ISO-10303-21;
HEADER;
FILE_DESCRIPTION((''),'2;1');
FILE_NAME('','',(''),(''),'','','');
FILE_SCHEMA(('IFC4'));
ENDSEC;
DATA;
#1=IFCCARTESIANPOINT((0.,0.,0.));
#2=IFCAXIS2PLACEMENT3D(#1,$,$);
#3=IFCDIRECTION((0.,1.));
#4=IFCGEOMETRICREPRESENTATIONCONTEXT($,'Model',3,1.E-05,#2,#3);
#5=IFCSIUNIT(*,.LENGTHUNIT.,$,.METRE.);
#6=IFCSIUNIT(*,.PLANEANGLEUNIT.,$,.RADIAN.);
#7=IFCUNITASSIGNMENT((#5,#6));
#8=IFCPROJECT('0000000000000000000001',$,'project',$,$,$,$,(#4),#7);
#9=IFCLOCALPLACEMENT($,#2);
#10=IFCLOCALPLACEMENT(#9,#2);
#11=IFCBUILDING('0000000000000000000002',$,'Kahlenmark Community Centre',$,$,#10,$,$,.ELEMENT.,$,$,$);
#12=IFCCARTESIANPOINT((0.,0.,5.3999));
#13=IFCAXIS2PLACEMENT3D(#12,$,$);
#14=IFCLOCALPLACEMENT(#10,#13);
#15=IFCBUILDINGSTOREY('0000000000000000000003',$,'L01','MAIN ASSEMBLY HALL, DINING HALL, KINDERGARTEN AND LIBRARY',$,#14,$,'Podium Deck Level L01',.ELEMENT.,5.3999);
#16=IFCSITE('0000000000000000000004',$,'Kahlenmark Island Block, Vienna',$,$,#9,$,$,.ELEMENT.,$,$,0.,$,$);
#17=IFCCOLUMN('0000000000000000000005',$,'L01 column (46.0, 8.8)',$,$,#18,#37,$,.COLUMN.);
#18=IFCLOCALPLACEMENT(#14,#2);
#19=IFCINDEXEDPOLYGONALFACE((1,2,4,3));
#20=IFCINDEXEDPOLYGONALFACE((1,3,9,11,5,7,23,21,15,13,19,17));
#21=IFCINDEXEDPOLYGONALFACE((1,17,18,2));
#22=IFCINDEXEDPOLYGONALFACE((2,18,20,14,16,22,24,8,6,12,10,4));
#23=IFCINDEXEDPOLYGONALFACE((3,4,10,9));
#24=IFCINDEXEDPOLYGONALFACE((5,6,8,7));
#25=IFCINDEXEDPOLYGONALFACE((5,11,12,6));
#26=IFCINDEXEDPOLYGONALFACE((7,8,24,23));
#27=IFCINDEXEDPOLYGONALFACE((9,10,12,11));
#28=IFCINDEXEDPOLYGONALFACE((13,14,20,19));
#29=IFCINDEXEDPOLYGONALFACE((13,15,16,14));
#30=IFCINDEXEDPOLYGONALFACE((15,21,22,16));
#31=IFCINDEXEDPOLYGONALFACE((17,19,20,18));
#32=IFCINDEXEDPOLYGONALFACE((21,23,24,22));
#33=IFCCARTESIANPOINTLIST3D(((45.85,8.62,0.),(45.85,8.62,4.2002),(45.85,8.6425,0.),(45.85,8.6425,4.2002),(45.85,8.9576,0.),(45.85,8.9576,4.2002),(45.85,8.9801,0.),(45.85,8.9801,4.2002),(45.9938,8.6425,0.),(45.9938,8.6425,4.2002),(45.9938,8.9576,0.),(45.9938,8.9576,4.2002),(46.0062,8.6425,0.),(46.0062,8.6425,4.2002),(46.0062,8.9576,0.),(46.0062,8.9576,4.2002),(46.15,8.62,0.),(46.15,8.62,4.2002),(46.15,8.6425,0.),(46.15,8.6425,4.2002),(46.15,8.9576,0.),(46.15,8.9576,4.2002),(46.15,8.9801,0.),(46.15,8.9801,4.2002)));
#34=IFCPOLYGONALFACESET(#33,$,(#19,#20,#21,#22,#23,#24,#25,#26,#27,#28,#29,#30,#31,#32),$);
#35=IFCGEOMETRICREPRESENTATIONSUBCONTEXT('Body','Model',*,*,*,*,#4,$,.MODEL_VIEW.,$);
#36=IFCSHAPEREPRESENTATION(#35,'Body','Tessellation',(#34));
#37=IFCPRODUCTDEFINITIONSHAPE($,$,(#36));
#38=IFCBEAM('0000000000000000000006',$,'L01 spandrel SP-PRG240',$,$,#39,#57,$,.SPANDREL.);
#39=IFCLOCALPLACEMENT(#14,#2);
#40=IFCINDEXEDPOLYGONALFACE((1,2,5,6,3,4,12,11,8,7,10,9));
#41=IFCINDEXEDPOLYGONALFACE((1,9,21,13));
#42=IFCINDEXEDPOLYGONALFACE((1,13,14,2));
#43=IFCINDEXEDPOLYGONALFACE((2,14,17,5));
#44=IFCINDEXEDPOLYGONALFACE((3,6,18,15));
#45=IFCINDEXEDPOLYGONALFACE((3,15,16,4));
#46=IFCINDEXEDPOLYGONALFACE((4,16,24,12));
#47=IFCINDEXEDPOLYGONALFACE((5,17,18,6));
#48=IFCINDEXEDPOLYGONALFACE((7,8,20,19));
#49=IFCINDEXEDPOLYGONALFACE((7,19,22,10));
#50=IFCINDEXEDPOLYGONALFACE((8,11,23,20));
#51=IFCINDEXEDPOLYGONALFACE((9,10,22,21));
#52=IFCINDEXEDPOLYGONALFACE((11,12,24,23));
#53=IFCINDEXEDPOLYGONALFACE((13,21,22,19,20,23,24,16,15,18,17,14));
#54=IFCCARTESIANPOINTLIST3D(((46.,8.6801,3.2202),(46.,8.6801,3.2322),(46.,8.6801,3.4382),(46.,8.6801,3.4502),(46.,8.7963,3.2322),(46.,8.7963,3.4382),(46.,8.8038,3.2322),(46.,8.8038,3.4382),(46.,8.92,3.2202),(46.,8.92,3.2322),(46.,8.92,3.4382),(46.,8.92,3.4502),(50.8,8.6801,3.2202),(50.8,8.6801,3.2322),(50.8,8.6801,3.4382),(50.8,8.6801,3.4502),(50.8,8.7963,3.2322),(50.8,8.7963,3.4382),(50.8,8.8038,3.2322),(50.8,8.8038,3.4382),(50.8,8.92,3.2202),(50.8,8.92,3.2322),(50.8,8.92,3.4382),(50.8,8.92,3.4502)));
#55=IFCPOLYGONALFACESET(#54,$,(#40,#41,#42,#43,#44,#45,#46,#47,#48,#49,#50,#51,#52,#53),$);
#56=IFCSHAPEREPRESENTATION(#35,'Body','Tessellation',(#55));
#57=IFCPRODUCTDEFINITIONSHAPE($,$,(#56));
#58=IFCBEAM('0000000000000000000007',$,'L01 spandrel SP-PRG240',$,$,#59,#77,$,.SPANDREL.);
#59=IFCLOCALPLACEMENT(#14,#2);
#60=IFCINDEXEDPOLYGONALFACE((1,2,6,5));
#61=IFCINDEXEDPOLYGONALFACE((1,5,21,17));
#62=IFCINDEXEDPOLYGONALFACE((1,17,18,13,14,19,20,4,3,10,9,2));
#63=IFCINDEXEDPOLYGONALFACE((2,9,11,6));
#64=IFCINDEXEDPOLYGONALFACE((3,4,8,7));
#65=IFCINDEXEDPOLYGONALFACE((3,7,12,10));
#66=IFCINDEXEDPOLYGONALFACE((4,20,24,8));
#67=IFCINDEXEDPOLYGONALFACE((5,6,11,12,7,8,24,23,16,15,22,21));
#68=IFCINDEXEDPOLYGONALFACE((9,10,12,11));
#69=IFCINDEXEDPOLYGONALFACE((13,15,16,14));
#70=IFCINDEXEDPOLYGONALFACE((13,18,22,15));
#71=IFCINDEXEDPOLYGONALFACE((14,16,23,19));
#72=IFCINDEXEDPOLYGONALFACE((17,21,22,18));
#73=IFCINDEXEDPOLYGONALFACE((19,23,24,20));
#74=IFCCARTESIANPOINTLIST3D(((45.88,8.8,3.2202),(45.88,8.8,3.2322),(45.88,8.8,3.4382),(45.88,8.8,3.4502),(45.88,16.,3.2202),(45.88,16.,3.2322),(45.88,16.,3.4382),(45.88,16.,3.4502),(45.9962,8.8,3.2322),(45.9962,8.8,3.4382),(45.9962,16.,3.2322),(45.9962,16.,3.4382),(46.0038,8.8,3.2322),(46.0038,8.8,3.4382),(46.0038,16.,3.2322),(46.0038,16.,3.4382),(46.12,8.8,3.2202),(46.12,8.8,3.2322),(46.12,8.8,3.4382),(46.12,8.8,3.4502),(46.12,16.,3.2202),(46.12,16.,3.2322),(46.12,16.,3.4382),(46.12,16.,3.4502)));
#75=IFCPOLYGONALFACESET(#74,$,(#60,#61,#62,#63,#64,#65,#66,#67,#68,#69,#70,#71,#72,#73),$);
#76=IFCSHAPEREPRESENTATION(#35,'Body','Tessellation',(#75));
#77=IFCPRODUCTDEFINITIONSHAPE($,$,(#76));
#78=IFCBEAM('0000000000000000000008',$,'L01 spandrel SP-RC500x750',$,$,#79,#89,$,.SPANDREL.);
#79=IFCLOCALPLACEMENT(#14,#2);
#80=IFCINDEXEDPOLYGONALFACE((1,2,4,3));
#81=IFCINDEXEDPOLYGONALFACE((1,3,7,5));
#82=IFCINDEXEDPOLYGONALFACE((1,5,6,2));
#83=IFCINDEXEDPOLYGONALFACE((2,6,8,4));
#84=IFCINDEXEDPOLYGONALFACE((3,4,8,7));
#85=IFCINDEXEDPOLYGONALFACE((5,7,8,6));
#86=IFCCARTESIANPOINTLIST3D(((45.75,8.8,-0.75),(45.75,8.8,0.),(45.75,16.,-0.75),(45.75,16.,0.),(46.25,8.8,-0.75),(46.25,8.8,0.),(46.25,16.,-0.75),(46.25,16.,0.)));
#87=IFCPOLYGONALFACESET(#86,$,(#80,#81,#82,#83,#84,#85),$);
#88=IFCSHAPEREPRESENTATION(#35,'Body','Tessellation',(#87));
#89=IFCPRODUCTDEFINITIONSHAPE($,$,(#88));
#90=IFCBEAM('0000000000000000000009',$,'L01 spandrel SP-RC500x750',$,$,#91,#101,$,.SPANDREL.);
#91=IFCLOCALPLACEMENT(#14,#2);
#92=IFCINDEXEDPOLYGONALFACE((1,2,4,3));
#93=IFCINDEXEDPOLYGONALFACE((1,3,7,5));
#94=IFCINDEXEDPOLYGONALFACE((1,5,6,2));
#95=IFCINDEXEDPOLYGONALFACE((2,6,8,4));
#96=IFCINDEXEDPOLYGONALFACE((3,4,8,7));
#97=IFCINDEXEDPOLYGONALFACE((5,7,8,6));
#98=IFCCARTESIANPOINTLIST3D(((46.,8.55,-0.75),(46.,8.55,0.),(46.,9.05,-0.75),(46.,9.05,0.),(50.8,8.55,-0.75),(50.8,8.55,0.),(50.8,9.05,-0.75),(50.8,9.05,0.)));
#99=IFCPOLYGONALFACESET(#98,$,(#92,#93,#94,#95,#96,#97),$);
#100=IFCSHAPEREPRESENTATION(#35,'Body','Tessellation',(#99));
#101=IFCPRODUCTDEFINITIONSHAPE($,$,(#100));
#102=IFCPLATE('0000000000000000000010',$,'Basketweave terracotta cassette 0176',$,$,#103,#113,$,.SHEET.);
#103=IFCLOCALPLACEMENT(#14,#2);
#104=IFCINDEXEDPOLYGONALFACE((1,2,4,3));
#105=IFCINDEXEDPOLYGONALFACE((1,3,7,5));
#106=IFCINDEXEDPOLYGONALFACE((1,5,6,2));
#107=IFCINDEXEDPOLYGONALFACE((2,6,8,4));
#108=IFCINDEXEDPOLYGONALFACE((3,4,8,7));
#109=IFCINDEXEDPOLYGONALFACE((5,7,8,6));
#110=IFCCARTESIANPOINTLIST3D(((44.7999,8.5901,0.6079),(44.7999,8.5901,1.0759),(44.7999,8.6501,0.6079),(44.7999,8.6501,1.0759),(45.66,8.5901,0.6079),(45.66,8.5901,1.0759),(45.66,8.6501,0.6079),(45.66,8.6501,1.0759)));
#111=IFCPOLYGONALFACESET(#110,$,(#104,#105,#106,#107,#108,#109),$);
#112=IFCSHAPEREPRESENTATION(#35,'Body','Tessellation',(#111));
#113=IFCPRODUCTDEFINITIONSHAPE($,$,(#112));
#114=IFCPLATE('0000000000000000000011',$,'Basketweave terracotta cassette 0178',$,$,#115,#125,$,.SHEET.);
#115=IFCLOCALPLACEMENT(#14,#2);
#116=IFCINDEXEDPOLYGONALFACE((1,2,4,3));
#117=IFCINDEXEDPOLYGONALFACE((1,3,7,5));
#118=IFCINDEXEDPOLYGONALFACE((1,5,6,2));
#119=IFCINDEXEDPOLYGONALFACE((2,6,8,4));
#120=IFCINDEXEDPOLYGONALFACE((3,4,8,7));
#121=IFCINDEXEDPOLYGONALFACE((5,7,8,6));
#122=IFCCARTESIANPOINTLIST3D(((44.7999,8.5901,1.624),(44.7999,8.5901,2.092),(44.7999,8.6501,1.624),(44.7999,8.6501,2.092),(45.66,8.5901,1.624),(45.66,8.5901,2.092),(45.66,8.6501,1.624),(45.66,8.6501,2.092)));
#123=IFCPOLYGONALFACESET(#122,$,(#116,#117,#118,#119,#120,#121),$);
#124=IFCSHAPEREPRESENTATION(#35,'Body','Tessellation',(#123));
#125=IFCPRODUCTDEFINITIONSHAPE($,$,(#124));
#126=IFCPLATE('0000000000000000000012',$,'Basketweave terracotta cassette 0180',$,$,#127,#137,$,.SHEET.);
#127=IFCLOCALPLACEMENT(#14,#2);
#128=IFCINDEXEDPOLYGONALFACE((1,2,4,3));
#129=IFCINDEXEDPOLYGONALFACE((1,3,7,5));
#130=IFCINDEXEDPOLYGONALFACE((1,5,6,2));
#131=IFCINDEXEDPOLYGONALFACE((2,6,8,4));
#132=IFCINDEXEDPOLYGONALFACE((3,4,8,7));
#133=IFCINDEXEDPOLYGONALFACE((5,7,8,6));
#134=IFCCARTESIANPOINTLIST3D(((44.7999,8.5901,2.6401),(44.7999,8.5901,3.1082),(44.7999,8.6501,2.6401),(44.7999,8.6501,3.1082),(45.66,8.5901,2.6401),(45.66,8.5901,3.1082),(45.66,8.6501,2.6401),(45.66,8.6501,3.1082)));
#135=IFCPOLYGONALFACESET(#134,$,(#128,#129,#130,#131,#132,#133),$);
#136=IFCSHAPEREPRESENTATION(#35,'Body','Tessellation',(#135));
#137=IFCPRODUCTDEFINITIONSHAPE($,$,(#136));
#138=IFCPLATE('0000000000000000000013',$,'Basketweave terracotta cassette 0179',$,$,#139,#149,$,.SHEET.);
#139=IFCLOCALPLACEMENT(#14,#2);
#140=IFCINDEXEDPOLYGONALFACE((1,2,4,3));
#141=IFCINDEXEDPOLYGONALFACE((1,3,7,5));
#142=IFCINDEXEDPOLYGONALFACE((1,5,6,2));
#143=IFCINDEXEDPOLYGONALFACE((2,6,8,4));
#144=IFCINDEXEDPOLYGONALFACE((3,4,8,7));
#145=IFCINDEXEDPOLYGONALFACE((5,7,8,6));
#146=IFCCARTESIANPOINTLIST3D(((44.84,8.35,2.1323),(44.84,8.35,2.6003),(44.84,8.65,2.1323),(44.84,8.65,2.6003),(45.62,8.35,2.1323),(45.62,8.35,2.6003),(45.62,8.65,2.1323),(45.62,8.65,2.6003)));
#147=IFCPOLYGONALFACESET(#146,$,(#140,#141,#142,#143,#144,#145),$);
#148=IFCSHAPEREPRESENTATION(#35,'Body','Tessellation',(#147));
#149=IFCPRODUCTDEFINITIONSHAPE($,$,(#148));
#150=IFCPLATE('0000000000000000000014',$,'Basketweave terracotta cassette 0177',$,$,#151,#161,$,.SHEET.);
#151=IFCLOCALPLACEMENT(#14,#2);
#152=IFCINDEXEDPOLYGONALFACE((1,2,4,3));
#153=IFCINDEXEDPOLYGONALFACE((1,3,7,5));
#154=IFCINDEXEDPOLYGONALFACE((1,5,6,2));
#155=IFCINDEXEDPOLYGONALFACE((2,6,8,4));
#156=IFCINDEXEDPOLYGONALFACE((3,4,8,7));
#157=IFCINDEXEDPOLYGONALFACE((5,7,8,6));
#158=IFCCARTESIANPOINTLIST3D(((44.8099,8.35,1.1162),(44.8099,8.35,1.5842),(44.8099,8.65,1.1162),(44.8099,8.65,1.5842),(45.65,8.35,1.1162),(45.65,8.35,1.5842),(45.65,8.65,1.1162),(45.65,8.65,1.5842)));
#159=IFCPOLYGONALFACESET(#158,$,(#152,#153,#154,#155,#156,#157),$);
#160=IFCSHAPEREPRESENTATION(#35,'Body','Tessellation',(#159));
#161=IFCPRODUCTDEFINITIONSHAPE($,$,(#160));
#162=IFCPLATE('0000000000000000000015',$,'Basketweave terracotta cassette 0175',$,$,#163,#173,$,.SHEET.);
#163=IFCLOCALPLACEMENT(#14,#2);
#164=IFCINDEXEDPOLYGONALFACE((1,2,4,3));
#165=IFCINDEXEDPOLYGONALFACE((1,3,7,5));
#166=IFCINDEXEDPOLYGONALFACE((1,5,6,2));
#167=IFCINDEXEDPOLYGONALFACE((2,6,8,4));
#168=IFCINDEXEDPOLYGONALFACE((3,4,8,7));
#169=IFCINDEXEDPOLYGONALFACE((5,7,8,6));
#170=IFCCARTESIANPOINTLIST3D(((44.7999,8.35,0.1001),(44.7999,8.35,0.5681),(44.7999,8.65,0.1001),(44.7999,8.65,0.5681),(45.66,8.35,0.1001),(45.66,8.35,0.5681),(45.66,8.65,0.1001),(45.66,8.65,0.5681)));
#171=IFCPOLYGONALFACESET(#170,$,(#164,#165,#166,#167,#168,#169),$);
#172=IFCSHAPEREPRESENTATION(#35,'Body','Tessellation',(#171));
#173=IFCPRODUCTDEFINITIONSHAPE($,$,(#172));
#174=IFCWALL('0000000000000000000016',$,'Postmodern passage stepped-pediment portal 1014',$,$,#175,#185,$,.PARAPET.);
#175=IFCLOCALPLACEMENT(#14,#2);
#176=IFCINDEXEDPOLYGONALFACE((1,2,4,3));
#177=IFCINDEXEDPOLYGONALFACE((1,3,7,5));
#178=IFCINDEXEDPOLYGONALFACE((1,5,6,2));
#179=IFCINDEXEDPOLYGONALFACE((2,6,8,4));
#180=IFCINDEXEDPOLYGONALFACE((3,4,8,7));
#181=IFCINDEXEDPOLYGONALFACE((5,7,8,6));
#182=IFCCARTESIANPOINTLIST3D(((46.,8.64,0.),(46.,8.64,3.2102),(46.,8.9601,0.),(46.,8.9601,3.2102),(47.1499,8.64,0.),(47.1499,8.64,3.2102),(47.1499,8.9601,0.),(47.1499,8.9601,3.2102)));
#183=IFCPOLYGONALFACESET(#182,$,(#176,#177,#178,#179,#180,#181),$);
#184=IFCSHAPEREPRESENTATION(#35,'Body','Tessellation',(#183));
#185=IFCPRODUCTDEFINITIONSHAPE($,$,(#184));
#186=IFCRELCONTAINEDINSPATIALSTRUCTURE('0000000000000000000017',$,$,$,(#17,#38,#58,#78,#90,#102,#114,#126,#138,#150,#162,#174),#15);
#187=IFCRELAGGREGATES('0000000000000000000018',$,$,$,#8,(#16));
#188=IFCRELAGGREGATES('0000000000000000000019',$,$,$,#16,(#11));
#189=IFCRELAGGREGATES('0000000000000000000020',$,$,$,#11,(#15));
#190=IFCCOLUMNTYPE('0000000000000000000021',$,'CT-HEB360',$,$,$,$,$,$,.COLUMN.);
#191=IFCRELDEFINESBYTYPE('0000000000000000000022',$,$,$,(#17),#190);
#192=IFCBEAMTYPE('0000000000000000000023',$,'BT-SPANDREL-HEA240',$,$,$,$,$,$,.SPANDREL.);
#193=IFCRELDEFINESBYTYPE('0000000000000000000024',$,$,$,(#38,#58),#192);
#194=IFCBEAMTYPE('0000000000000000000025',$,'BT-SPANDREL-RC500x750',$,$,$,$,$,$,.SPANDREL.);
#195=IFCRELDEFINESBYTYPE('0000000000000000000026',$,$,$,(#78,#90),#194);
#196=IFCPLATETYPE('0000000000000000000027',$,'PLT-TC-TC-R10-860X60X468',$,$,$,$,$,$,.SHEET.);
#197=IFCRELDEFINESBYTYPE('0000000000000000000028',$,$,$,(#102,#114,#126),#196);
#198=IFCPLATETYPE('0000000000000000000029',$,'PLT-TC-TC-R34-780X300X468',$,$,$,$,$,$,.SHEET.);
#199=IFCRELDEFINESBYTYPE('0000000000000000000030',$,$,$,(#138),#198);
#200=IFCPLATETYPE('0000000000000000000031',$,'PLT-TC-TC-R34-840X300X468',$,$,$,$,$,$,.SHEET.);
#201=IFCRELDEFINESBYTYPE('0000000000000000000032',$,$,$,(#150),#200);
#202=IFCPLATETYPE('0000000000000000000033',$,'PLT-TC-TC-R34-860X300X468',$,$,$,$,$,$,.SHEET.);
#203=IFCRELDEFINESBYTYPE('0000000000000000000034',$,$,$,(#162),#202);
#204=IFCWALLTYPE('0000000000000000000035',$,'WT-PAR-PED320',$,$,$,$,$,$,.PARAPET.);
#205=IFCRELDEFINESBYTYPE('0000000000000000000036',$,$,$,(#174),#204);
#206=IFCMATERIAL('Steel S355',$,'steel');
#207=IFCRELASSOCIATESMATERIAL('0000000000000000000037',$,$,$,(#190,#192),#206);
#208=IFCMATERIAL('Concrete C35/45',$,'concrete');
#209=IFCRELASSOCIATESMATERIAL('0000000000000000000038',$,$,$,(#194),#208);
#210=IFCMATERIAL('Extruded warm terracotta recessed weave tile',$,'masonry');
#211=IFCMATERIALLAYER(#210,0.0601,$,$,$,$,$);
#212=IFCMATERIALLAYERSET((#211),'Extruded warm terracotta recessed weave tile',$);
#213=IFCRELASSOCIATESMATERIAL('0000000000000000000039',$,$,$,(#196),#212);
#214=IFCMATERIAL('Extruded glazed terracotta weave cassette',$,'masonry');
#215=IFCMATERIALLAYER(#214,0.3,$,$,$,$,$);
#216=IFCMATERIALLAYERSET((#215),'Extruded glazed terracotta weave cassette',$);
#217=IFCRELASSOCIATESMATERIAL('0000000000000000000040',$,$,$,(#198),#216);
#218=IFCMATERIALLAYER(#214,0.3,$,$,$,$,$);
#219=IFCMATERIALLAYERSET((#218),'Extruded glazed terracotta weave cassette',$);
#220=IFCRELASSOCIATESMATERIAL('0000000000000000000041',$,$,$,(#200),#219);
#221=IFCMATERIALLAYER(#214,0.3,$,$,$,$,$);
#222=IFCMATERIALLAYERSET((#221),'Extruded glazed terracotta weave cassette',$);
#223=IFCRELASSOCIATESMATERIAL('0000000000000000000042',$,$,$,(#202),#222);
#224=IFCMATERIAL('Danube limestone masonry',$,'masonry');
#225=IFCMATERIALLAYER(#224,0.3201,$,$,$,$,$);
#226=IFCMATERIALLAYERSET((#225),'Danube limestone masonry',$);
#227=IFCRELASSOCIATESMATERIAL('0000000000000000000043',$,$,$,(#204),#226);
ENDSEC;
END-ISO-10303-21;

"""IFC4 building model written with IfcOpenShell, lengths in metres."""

from ifc_helpers import new_model, si_unit, direction, frame, frame_2d, origin, origin_2d, place, context, subcontext, project, spatial, rectangle, i_section, extrude, material, layer, layer_set, material_profile, profile_set, type_object, element, save


model = new_model("IFC4")

# Units and contexts
model_context = context("Model", 3, precision=1e-05, world=origin(), true_north=direction((0.0, 1.0)))
body_context = subcontext(model_context, "Body", "Model", "MODEL_VIEW")
ifc_project = project(units=[si_unit("LENGTHUNIT", "METRE"), si_unit("PLANEANGLEUNIT", "RADIAN")], contexts=[model_context])

# Site, building, storey
site_placement = place(None, origin())
site = spatial("IfcSite", under=ifc_project, at=site_placement, Name="Kahlenmark Island Block, Vienna", CompositionType="ELEMENT", RefElevation=0.0)
building_placement = place(site_placement, origin())
building = spatial("IfcBuilding", under=site, at=building_placement, Name="Kahlenmark Community Centre", CompositionType="ELEMENT")
storey_placement = place(building_placement, frame((0.0, 0.0, 5.3999)))
storey = spatial("IfcBuildingStorey", under=building, at=storey_placement, Name="L01", Description="MAIN ASSEMBLY HALL, DINING HALL, KINDERGARTEN AND LIBRARY", LongName="Podium Deck Level L01", CompositionType="ELEMENT", Elevation=5.3999)

# Column
ifc_material_1 = material(Name="Steel S355", Category="steel")
ifc_material_profile_1 = material_profile(ifc_material_1, i_section(OverallWidth=0.3, OverallDepth=0.3601, WebThickness=0.0125, FlangeThickness=0.0225, at=origin_2d()), Name="HEB 360")
ifc_profile_set_1 = profile_set([ifc_material_profile_1], Name="Steel S355")
column_type = type_object("IfcColumnType", Name="CT-HEB360", PredefinedType="COLUMN", material=ifc_profile_set_1)
column_placement = place(storey_placement, frame((46.0, 8.8, 0.0), z_axis=(0.0, 0.0, 1.0), x_axis=(1.0, 0.0, 0.0)))
element("IfcColumn", 1, at=column_placement, inside=storey, type_object=column_type, Name="L01 column (46.0, 8.8)", PredefinedType="COLUMN", context=body_context, shape_type="SweptSolid", body=[
    extrude(i_section(OverallWidth=0.3, OverallDepth=0.3601, WebThickness=0.0125, FlangeThickness=0.0225, at=origin_2d()), origin(), (0.0, 0.0, 1.0), 4.2002),
])

# Beams
ifc_material_profile_2 = material_profile(ifc_material_1, i_section(OverallWidth=0.24, OverallDepth=0.23, WebThickness=0.0076, FlangeThickness=0.012, at=origin_2d()), Name="HEA 240")
ifc_profile_set_2 = profile_set([ifc_material_profile_2], Name="Steel S355")
beam_type_1 = type_object("IfcBeamType", Name="BT-SPANDREL-HEA240", PredefinedType="SPANDREL", material=ifc_profile_set_2)
beam_1_placement = place(storey_placement, frame((46.0, 8.8, 3.3352), z_axis=(1.0, 0.0, 0.0), x_axis=(0.0, 1.0, 0.0)))
element("IfcBeam", 2, at=beam_1_placement, inside=storey, type_object=beam_type_1, Name="L01 spandrel SP-PRG240", PredefinedType="SPANDREL", context=body_context, shape_type="SweptSolid", body=[
    extrude(i_section(OverallWidth=0.24, OverallDepth=0.23, WebThickness=0.0076, FlangeThickness=0.012, at=origin_2d()), origin(), (0.0, 0.0, 1.0), 4.8),
])
beam_2_placement = place(storey_placement, frame((46.0, 8.8, 3.3352), z_axis=(0.0, 1.0, 0.0), x_axis=(-1.0, 0.0, 0.0)))
element("IfcBeam", 3, at=beam_2_placement, inside=storey, type_object=beam_type_1, Name="L01 spandrel SP-PRG240", PredefinedType="SPANDREL", context=body_context, shape_type="SweptSolid", body=[
    extrude(i_section(OverallWidth=0.24, OverallDepth=0.23, WebThickness=0.0076, FlangeThickness=0.012, at=origin_2d()), origin(), (0.0, 0.0, 1.0), 7.2),
])
ifc_material_2 = material(Name="Concrete C35/45", Category="concrete")
ifc_material_profile_3 = material_profile(ifc_material_2, rectangle(XDim=0.5, YDim=0.75, at=origin_2d()), Name="RC 500x750")
ifc_profile_set_3 = profile_set([ifc_material_profile_3], Name="Concrete C35/45")
beam_type_2 = type_object("IfcBeamType", Name="BT-SPANDREL-RC500x750", PredefinedType="SPANDREL", material=ifc_profile_set_3)
beam_3_placement = place(storey_placement, frame((46.0, 8.8, -0.375), z_axis=(0.0, 1.0, 0.0), x_axis=(-1.0, 0.0, 0.0)))
element("IfcBeam", 4, at=beam_3_placement, inside=storey, type_object=beam_type_2, Name="L01 spandrel SP-RC500x750", PredefinedType="SPANDREL", context=body_context, shape_type="SweptSolid", body=[
    extrude(rectangle(XDim=0.5, YDim=0.75, at=origin_2d()), origin(), (0.0, 0.0, 1.0), 7.2),
])
beam_4_placement = place(storey_placement, frame((46.0, 8.8, -0.375), z_axis=(1.0, 0.0, 0.0), x_axis=(0.0, 1.0, 0.0)))
element("IfcBeam", 5, at=beam_4_placement, inside=storey, type_object=beam_type_2, Name="L01 spandrel SP-RC500x750", PredefinedType="SPANDREL", context=body_context, shape_type="SweptSolid", body=[
    extrude(rectangle(XDim=0.5, YDim=0.75, at=origin_2d()), origin(), (0.0, 0.0, 1.0), 4.8),
])

# Plates
ifc_material_3 = material(Name="Extruded warm terracotta recessed weave tile", Category="masonry")
ifc_layer_1 = layer(ifc_material_3, 0.0601)
ifc_layer_set_1 = layer_set([ifc_layer_1], Name="Extruded warm terracotta recessed weave tile")
plate_type_1 = type_object("IfcPlateType", Name="PLT-TC-TC-R10-860X60X468", PredefinedType="SHEET", material=ifc_layer_set_1)
for number, where, z_axis, x_axis, name in (
    (6, (45.23, 8.6201, 0.6079), (0.0, 0.0, 1.0), (1.0, 0.0, 0.0), "Basketweave terracotta cassette 0176"),
    (7, (45.23, 8.6201, 1.624), (0.0, 0.0, 1.0), (1.0, 0.0, 0.0), "Basketweave terracotta cassette 0178"),
    (8, (45.23, 8.6201, 2.6401), (0.0, 0.0, 1.0), (1.0, 0.0, 0.0), "Basketweave terracotta cassette 0180"),
):
    element("IfcPlate", number, at=place(storey_placement, frame(where, z_axis=z_axis, x_axis=x_axis)), inside=storey, type_object=plate_type_1, Name=name, PredefinedType="SHEET", context=body_context, shape_type="SweptSolid", body=[
        extrude(rectangle(XDim=0.8601, YDim=0.0601, at=origin_2d()), origin(), (0.0, 0.0, 1.0), 0.468),
    ])
ifc_material_4 = material(Name="Extruded glazed terracotta weave cassette", Category="masonry")
ifc_layer_2 = layer(ifc_material_4, 0.3)
ifc_layer_set_2 = layer_set([ifc_layer_2], Name="Extruded glazed terracotta weave cassette")
plate_type_2 = type_object("IfcPlateType", Name="PLT-TC-TC-R34-780X300X468", PredefinedType="SHEET", material=ifc_layer_set_2)
plate_1_placement = place(storey_placement, frame((45.23, 8.5, 2.1323), z_axis=(0.0, 0.0, 1.0), x_axis=(1.0, 0.0, 0.0)))
element("IfcPlate", 9, at=plate_1_placement, inside=storey, type_object=plate_type_2, Name="Basketweave terracotta cassette 0179", PredefinedType="SHEET", context=body_context, shape_type="SweptSolid", body=[
    extrude(rectangle(XDim=0.78, YDim=0.3, at=origin_2d()), origin(), (0.0, 0.0, 1.0), 0.468),
])
ifc_layer_3 = layer(ifc_material_4, 0.3)
ifc_layer_set_3 = layer_set([ifc_layer_3], Name="Extruded glazed terracotta weave cassette")
plate_type_3 = type_object("IfcPlateType", Name="PLT-TC-TC-R34-840X300X468", PredefinedType="SHEET", material=ifc_layer_set_3)
plate_2_placement = place(storey_placement, frame((45.23, 8.5, 1.1162), z_axis=(0.0, 0.0, 1.0), x_axis=(1.0, 0.0, 0.0)))
element("IfcPlate", 10, at=plate_2_placement, inside=storey, type_object=plate_type_3, Name="Basketweave terracotta cassette 0177", PredefinedType="SHEET", context=body_context, shape_type="SweptSolid", body=[
    extrude(rectangle(XDim=0.8401, YDim=0.3, at=origin_2d()), origin(), (0.0, 0.0, 1.0), 0.468),
])
ifc_layer_4 = layer(ifc_material_4, 0.3)
ifc_layer_set_4 = layer_set([ifc_layer_4], Name="Extruded glazed terracotta weave cassette")
plate_type_4 = type_object("IfcPlateType", Name="PLT-TC-TC-R34-860X300X468", PredefinedType="SHEET", material=ifc_layer_set_4)
plate_3_placement = place(storey_placement, frame((45.23, 8.5, 0.1001), z_axis=(0.0, 0.0, 1.0), x_axis=(1.0, 0.0, 0.0)))
element("IfcPlate", 11, at=plate_3_placement, inside=storey, type_object=plate_type_4, Name="Basketweave terracotta cassette 0175", PredefinedType="SHEET", context=body_context, shape_type="SweptSolid", body=[
    extrude(rectangle(XDim=0.8601, YDim=0.3, at=origin_2d()), origin(), (0.0, 0.0, 1.0), 0.468),
])

# Wall
ifc_material_5 = material(Name="Danube limestone masonry", Category="masonry")
ifc_layer_5 = layer(ifc_material_5, 0.3201)
ifc_layer_set_5 = layer_set([ifc_layer_5], Name="Danube limestone masonry")
wall_type_1 = type_object("IfcWallType", Name="WT-PAR-PED320", PredefinedType="PARAPET", material=ifc_layer_set_5)
wall_1_placement = place(storey_placement, frame((46.0, 8.8, 0.0), z_axis=(0.0, 0.0, 1.0), x_axis=(1.0, 0.0, 0.0)))
element("IfcWall", 12, at=wall_1_placement, inside=storey, type_object=wall_type_1, Name="Postmodern passage stepped-pediment portal 1014", PredefinedType="PARAPET", context=body_context, shape_type="SweptSolid", body=[
    extrude(rectangle(XDim=1.1499, YDim=0.3201, at=frame_2d((0.575, 0.0))), origin(), (0.0, 0.0, 1.0), 3.2102),
])

save(model, "model.ifc")
